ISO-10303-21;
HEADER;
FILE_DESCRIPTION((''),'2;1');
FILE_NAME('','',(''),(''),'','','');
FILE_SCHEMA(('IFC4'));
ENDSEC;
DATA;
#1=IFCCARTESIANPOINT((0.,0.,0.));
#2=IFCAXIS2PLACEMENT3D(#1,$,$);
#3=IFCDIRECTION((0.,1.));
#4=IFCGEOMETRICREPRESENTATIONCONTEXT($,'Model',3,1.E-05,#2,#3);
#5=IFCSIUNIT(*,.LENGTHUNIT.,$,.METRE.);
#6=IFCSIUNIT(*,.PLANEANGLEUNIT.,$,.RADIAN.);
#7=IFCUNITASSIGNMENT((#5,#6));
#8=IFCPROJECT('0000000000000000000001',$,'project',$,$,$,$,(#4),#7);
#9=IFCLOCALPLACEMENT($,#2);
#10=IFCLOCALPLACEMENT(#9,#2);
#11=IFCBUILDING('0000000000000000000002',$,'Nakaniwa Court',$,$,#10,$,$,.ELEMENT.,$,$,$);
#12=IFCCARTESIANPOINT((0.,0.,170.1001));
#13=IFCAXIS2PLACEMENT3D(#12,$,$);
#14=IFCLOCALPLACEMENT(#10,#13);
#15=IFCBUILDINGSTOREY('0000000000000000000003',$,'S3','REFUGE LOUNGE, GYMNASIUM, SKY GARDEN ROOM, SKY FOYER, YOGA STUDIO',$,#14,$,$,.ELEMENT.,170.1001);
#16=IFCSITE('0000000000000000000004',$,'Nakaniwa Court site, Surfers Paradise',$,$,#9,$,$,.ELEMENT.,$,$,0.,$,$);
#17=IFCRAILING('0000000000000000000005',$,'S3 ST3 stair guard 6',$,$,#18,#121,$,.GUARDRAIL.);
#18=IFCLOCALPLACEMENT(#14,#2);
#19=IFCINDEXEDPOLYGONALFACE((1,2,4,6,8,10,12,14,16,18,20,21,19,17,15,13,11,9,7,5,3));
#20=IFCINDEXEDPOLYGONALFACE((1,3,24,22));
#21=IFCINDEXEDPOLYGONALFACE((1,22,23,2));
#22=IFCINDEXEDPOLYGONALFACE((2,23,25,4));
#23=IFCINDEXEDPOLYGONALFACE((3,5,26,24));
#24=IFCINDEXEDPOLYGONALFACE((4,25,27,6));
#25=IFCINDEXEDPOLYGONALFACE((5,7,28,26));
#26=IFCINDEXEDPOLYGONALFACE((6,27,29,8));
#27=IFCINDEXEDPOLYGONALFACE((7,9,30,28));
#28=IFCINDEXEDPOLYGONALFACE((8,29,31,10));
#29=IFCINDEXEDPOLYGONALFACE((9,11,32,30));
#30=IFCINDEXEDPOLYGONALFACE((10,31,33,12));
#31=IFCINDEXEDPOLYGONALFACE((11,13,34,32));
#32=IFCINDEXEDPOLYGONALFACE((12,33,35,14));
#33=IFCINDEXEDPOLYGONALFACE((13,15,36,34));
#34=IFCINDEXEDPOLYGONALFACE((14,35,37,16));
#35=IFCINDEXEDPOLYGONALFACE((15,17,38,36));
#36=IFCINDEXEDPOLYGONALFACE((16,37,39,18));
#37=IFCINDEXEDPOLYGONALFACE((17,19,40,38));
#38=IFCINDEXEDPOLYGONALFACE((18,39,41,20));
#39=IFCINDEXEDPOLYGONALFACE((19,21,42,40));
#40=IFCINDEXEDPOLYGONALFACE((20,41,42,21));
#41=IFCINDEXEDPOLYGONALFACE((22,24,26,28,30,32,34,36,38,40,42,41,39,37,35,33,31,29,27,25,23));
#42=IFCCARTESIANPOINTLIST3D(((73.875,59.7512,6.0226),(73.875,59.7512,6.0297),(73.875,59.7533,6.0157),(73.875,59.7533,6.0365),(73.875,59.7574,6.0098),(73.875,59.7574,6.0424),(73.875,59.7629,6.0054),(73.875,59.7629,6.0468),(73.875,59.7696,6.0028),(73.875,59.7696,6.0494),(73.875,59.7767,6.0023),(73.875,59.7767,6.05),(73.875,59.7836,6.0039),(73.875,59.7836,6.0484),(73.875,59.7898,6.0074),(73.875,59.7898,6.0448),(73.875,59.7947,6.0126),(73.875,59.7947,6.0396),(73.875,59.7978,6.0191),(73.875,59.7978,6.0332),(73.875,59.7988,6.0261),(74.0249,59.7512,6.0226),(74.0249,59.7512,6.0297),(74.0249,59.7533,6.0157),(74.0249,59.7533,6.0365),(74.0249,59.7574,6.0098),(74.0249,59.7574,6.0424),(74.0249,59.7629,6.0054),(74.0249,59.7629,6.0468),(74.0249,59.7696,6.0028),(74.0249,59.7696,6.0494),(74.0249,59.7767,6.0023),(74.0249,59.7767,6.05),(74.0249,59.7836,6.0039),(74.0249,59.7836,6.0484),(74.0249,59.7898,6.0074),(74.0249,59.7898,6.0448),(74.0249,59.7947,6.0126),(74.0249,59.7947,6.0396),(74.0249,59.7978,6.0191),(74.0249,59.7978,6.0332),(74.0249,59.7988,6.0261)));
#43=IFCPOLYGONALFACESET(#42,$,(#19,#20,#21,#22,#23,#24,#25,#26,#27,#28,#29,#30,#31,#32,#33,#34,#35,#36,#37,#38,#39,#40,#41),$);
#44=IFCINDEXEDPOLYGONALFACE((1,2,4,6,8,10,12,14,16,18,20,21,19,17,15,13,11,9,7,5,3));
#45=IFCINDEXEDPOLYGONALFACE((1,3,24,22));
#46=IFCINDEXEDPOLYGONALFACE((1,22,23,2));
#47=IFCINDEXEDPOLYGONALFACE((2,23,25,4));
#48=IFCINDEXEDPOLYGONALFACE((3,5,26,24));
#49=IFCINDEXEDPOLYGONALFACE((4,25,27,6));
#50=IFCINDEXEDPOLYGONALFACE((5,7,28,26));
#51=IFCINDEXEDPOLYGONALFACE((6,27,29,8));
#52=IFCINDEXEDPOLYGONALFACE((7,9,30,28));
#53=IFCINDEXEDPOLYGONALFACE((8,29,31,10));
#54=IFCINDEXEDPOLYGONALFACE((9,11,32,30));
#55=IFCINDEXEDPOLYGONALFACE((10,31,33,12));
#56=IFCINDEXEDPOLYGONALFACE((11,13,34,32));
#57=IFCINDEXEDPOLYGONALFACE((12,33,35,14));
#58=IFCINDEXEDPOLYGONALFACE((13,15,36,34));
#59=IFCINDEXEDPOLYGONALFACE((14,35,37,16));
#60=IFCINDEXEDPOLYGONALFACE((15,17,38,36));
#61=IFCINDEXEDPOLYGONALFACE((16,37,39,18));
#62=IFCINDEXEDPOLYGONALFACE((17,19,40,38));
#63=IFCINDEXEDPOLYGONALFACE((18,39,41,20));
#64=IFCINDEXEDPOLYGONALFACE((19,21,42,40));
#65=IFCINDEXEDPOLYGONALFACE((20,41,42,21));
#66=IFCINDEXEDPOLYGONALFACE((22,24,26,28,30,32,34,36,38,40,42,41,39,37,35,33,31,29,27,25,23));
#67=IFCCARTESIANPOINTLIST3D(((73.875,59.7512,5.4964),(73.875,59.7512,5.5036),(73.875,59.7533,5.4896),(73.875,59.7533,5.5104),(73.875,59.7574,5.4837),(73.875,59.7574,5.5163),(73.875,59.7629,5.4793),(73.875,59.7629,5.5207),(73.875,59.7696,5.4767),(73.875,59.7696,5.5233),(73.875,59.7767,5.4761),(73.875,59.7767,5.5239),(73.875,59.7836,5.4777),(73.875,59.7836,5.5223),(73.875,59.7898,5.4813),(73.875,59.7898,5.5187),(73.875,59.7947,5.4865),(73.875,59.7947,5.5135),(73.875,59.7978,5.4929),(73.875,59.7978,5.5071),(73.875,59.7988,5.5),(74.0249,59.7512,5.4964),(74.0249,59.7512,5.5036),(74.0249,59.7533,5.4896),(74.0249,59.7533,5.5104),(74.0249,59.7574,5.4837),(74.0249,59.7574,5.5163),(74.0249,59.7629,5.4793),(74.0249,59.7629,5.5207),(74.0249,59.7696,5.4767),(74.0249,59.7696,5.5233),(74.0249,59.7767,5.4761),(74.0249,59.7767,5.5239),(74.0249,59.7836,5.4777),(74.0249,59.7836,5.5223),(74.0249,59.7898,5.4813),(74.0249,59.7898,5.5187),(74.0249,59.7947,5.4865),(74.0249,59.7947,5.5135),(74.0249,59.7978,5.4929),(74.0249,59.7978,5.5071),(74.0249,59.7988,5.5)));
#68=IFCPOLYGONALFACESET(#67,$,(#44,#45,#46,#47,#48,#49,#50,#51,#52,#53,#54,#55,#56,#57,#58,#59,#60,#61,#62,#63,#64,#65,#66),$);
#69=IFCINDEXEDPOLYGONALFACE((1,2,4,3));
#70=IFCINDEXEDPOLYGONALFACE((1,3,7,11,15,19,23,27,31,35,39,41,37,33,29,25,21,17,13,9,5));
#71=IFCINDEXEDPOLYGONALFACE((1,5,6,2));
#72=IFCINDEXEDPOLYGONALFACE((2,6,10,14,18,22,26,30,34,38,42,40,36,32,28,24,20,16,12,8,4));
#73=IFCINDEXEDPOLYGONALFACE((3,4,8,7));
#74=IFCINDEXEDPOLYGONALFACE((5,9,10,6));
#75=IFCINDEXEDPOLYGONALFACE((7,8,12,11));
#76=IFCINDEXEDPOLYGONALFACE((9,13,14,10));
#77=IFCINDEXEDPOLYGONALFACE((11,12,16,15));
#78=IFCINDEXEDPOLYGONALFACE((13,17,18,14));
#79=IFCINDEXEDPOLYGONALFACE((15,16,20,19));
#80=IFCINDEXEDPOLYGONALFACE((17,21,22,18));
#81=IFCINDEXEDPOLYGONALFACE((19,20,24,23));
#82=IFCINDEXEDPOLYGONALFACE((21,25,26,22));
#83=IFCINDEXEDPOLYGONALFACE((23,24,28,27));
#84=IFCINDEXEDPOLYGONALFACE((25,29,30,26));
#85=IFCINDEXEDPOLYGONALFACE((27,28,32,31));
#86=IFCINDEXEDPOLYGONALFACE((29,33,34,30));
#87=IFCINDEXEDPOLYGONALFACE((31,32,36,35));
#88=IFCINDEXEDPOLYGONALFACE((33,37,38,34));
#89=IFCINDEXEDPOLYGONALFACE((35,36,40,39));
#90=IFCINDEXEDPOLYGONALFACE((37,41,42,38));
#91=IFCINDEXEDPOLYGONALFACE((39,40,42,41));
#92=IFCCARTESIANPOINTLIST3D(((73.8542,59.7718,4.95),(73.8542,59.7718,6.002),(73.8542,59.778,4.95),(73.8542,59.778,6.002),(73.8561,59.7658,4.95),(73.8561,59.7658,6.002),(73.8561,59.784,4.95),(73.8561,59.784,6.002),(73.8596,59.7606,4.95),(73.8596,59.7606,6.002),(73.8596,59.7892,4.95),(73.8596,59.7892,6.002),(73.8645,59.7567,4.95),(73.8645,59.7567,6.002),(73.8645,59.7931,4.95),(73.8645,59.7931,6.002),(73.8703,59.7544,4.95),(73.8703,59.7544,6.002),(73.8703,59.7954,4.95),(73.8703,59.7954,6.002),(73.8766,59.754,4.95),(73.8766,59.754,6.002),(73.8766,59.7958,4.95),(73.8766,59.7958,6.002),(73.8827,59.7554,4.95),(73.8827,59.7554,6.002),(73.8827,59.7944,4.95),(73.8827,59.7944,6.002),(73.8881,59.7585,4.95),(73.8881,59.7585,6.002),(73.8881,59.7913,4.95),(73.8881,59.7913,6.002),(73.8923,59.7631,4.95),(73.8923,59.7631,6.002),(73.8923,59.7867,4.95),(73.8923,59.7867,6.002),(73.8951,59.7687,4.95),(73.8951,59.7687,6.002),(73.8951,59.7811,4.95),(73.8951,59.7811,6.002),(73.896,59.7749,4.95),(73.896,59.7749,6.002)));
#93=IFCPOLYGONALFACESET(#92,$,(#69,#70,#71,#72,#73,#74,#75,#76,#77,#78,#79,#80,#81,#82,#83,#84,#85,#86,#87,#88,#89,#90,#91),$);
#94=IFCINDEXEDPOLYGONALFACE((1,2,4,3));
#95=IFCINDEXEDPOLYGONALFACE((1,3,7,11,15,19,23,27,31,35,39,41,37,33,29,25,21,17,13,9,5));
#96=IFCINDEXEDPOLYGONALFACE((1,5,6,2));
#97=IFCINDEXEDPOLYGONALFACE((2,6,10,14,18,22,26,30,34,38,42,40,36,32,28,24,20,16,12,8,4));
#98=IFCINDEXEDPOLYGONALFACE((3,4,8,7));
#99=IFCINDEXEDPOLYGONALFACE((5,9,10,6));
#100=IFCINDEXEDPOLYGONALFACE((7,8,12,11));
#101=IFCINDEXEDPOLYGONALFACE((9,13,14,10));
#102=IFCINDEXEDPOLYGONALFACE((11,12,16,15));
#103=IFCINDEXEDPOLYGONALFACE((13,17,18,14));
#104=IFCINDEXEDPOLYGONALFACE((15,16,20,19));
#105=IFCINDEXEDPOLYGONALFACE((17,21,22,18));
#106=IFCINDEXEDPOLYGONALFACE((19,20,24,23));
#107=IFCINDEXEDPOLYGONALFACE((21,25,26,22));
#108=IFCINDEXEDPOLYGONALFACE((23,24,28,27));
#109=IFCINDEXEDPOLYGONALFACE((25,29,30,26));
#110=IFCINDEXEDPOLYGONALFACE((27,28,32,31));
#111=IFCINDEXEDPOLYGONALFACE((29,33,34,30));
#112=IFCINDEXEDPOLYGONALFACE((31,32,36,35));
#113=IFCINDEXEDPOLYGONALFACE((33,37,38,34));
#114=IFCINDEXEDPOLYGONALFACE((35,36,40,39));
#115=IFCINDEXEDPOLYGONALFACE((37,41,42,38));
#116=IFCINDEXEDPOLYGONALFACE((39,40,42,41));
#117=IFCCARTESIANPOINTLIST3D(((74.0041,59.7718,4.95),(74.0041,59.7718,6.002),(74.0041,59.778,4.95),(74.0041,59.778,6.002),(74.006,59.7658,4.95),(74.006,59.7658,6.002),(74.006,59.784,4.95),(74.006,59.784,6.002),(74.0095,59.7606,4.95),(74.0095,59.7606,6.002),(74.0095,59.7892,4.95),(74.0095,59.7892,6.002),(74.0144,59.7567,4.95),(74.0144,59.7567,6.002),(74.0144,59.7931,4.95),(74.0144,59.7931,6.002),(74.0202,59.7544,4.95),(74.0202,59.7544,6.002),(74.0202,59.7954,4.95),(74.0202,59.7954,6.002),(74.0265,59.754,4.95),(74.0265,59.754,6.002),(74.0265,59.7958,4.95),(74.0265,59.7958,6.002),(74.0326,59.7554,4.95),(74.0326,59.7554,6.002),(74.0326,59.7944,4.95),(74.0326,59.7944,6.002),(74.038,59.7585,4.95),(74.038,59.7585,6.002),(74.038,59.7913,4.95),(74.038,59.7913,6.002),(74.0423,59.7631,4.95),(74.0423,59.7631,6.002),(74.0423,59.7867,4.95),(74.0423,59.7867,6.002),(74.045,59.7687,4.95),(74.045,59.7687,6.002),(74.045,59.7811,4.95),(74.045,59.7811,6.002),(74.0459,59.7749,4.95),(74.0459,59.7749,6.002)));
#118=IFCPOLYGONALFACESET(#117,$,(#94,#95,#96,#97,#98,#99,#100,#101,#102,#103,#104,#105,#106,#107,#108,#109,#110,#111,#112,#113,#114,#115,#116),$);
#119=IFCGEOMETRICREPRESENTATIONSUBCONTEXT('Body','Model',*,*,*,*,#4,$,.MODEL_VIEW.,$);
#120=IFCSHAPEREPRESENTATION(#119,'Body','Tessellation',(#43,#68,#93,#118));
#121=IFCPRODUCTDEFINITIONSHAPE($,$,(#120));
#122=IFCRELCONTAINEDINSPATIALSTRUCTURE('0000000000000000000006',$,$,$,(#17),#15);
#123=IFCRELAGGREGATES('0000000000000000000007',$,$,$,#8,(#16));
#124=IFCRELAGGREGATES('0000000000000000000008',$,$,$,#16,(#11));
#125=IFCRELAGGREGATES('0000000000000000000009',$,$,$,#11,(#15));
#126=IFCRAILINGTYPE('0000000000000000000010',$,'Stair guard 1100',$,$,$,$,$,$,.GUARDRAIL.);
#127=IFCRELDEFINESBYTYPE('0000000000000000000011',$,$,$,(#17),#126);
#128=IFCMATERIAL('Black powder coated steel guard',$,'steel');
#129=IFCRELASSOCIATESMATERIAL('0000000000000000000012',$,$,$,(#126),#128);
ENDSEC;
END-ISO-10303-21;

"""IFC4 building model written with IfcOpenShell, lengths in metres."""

from ifc_helpers import new_model, si_unit, direction, frame, origin, origin_2d, place, context, subcontext, project, spatial, circle, extrude, material, type_object, element, save


model = new_model("IFC4")

# Units and contexts
model_context = context("Model", 3, precision=1e-05, world=origin(), true_north=direction((0.0, 1.0)))
body_context = subcontext(model_context, "Body", "Model", "MODEL_VIEW")
ifc_project = project(units=[si_unit("LENGTHUNIT", "METRE"), si_unit("PLANEANGLEUNIT", "RADIAN")], contexts=[model_context])

# Site, building, storey
site_placement = place(None, origin())
site = spatial("IfcSite", under=ifc_project, at=site_placement, Name="Nakaniwa Court site, Surfers Paradise", CompositionType="ELEMENT", RefElevation=0.0)
building_placement = place(site_placement, origin())
building = spatial("IfcBuilding", under=site, at=building_placement, Name="Nakaniwa Court", CompositionType="ELEMENT")
storey_placement = place(building_placement, frame((0.0, 0.0, 170.1001)))
storey = spatial("IfcBuildingStorey", under=building, at=storey_placement, Name="S3", Description="REFUGE LOUNGE, GYMNASIUM, SKY GARDEN ROOM, SKY FOYER, YOGA STUDIO", CompositionType="ELEMENT", Elevation=170.1001)

# Railing
ifc_material_1 = material(Name="Black powder coated steel guard", Category="steel")
railing_type_1 = type_object("IfcRailingType", Name="Stair guard 1100", PredefinedType="GUARDRAIL", material=ifc_material_1)
railing_1_placement = place(storey_placement, frame((73.875, 59.7749, 4.95)))
element("IfcRailing", 1, at=railing_1_placement, inside=storey, type_object=railing_type_1, Name="S3 ST3 stair guard 6", PredefinedType="GUARDRAIL", context=body_context, shape_type="SweptSolid", body=[
    extrude(circle(Radius=0.0239, at=origin_2d()), frame((0.0, 0.0, 1.0762), z_axis=(1.0, 0.0, 0.0), x_axis=(0.0, 1.0, 0.0)), (0.0, 0.0, 1.0), 0.1499),
    extrude(circle(Radius=0.0239, at=origin_2d()), frame((0.0, 0.0, 0.55), z_axis=(1.0, 0.0, 0.0), x_axis=(0.0, 1.0, 0.0)), (0.0, 0.0, 1.0), 0.1499),
    extrude(circle(Radius=0.021, at=origin_2d()), origin(), (0.0, 0.0, 1.0), 1.052),
    extrude(circle(Radius=0.021, at=origin_2d()), frame((0.1499, 0.0, 0.0)), (0.0, 0.0, 1.0), 1.052),
])

save(model, "model.ifc")
